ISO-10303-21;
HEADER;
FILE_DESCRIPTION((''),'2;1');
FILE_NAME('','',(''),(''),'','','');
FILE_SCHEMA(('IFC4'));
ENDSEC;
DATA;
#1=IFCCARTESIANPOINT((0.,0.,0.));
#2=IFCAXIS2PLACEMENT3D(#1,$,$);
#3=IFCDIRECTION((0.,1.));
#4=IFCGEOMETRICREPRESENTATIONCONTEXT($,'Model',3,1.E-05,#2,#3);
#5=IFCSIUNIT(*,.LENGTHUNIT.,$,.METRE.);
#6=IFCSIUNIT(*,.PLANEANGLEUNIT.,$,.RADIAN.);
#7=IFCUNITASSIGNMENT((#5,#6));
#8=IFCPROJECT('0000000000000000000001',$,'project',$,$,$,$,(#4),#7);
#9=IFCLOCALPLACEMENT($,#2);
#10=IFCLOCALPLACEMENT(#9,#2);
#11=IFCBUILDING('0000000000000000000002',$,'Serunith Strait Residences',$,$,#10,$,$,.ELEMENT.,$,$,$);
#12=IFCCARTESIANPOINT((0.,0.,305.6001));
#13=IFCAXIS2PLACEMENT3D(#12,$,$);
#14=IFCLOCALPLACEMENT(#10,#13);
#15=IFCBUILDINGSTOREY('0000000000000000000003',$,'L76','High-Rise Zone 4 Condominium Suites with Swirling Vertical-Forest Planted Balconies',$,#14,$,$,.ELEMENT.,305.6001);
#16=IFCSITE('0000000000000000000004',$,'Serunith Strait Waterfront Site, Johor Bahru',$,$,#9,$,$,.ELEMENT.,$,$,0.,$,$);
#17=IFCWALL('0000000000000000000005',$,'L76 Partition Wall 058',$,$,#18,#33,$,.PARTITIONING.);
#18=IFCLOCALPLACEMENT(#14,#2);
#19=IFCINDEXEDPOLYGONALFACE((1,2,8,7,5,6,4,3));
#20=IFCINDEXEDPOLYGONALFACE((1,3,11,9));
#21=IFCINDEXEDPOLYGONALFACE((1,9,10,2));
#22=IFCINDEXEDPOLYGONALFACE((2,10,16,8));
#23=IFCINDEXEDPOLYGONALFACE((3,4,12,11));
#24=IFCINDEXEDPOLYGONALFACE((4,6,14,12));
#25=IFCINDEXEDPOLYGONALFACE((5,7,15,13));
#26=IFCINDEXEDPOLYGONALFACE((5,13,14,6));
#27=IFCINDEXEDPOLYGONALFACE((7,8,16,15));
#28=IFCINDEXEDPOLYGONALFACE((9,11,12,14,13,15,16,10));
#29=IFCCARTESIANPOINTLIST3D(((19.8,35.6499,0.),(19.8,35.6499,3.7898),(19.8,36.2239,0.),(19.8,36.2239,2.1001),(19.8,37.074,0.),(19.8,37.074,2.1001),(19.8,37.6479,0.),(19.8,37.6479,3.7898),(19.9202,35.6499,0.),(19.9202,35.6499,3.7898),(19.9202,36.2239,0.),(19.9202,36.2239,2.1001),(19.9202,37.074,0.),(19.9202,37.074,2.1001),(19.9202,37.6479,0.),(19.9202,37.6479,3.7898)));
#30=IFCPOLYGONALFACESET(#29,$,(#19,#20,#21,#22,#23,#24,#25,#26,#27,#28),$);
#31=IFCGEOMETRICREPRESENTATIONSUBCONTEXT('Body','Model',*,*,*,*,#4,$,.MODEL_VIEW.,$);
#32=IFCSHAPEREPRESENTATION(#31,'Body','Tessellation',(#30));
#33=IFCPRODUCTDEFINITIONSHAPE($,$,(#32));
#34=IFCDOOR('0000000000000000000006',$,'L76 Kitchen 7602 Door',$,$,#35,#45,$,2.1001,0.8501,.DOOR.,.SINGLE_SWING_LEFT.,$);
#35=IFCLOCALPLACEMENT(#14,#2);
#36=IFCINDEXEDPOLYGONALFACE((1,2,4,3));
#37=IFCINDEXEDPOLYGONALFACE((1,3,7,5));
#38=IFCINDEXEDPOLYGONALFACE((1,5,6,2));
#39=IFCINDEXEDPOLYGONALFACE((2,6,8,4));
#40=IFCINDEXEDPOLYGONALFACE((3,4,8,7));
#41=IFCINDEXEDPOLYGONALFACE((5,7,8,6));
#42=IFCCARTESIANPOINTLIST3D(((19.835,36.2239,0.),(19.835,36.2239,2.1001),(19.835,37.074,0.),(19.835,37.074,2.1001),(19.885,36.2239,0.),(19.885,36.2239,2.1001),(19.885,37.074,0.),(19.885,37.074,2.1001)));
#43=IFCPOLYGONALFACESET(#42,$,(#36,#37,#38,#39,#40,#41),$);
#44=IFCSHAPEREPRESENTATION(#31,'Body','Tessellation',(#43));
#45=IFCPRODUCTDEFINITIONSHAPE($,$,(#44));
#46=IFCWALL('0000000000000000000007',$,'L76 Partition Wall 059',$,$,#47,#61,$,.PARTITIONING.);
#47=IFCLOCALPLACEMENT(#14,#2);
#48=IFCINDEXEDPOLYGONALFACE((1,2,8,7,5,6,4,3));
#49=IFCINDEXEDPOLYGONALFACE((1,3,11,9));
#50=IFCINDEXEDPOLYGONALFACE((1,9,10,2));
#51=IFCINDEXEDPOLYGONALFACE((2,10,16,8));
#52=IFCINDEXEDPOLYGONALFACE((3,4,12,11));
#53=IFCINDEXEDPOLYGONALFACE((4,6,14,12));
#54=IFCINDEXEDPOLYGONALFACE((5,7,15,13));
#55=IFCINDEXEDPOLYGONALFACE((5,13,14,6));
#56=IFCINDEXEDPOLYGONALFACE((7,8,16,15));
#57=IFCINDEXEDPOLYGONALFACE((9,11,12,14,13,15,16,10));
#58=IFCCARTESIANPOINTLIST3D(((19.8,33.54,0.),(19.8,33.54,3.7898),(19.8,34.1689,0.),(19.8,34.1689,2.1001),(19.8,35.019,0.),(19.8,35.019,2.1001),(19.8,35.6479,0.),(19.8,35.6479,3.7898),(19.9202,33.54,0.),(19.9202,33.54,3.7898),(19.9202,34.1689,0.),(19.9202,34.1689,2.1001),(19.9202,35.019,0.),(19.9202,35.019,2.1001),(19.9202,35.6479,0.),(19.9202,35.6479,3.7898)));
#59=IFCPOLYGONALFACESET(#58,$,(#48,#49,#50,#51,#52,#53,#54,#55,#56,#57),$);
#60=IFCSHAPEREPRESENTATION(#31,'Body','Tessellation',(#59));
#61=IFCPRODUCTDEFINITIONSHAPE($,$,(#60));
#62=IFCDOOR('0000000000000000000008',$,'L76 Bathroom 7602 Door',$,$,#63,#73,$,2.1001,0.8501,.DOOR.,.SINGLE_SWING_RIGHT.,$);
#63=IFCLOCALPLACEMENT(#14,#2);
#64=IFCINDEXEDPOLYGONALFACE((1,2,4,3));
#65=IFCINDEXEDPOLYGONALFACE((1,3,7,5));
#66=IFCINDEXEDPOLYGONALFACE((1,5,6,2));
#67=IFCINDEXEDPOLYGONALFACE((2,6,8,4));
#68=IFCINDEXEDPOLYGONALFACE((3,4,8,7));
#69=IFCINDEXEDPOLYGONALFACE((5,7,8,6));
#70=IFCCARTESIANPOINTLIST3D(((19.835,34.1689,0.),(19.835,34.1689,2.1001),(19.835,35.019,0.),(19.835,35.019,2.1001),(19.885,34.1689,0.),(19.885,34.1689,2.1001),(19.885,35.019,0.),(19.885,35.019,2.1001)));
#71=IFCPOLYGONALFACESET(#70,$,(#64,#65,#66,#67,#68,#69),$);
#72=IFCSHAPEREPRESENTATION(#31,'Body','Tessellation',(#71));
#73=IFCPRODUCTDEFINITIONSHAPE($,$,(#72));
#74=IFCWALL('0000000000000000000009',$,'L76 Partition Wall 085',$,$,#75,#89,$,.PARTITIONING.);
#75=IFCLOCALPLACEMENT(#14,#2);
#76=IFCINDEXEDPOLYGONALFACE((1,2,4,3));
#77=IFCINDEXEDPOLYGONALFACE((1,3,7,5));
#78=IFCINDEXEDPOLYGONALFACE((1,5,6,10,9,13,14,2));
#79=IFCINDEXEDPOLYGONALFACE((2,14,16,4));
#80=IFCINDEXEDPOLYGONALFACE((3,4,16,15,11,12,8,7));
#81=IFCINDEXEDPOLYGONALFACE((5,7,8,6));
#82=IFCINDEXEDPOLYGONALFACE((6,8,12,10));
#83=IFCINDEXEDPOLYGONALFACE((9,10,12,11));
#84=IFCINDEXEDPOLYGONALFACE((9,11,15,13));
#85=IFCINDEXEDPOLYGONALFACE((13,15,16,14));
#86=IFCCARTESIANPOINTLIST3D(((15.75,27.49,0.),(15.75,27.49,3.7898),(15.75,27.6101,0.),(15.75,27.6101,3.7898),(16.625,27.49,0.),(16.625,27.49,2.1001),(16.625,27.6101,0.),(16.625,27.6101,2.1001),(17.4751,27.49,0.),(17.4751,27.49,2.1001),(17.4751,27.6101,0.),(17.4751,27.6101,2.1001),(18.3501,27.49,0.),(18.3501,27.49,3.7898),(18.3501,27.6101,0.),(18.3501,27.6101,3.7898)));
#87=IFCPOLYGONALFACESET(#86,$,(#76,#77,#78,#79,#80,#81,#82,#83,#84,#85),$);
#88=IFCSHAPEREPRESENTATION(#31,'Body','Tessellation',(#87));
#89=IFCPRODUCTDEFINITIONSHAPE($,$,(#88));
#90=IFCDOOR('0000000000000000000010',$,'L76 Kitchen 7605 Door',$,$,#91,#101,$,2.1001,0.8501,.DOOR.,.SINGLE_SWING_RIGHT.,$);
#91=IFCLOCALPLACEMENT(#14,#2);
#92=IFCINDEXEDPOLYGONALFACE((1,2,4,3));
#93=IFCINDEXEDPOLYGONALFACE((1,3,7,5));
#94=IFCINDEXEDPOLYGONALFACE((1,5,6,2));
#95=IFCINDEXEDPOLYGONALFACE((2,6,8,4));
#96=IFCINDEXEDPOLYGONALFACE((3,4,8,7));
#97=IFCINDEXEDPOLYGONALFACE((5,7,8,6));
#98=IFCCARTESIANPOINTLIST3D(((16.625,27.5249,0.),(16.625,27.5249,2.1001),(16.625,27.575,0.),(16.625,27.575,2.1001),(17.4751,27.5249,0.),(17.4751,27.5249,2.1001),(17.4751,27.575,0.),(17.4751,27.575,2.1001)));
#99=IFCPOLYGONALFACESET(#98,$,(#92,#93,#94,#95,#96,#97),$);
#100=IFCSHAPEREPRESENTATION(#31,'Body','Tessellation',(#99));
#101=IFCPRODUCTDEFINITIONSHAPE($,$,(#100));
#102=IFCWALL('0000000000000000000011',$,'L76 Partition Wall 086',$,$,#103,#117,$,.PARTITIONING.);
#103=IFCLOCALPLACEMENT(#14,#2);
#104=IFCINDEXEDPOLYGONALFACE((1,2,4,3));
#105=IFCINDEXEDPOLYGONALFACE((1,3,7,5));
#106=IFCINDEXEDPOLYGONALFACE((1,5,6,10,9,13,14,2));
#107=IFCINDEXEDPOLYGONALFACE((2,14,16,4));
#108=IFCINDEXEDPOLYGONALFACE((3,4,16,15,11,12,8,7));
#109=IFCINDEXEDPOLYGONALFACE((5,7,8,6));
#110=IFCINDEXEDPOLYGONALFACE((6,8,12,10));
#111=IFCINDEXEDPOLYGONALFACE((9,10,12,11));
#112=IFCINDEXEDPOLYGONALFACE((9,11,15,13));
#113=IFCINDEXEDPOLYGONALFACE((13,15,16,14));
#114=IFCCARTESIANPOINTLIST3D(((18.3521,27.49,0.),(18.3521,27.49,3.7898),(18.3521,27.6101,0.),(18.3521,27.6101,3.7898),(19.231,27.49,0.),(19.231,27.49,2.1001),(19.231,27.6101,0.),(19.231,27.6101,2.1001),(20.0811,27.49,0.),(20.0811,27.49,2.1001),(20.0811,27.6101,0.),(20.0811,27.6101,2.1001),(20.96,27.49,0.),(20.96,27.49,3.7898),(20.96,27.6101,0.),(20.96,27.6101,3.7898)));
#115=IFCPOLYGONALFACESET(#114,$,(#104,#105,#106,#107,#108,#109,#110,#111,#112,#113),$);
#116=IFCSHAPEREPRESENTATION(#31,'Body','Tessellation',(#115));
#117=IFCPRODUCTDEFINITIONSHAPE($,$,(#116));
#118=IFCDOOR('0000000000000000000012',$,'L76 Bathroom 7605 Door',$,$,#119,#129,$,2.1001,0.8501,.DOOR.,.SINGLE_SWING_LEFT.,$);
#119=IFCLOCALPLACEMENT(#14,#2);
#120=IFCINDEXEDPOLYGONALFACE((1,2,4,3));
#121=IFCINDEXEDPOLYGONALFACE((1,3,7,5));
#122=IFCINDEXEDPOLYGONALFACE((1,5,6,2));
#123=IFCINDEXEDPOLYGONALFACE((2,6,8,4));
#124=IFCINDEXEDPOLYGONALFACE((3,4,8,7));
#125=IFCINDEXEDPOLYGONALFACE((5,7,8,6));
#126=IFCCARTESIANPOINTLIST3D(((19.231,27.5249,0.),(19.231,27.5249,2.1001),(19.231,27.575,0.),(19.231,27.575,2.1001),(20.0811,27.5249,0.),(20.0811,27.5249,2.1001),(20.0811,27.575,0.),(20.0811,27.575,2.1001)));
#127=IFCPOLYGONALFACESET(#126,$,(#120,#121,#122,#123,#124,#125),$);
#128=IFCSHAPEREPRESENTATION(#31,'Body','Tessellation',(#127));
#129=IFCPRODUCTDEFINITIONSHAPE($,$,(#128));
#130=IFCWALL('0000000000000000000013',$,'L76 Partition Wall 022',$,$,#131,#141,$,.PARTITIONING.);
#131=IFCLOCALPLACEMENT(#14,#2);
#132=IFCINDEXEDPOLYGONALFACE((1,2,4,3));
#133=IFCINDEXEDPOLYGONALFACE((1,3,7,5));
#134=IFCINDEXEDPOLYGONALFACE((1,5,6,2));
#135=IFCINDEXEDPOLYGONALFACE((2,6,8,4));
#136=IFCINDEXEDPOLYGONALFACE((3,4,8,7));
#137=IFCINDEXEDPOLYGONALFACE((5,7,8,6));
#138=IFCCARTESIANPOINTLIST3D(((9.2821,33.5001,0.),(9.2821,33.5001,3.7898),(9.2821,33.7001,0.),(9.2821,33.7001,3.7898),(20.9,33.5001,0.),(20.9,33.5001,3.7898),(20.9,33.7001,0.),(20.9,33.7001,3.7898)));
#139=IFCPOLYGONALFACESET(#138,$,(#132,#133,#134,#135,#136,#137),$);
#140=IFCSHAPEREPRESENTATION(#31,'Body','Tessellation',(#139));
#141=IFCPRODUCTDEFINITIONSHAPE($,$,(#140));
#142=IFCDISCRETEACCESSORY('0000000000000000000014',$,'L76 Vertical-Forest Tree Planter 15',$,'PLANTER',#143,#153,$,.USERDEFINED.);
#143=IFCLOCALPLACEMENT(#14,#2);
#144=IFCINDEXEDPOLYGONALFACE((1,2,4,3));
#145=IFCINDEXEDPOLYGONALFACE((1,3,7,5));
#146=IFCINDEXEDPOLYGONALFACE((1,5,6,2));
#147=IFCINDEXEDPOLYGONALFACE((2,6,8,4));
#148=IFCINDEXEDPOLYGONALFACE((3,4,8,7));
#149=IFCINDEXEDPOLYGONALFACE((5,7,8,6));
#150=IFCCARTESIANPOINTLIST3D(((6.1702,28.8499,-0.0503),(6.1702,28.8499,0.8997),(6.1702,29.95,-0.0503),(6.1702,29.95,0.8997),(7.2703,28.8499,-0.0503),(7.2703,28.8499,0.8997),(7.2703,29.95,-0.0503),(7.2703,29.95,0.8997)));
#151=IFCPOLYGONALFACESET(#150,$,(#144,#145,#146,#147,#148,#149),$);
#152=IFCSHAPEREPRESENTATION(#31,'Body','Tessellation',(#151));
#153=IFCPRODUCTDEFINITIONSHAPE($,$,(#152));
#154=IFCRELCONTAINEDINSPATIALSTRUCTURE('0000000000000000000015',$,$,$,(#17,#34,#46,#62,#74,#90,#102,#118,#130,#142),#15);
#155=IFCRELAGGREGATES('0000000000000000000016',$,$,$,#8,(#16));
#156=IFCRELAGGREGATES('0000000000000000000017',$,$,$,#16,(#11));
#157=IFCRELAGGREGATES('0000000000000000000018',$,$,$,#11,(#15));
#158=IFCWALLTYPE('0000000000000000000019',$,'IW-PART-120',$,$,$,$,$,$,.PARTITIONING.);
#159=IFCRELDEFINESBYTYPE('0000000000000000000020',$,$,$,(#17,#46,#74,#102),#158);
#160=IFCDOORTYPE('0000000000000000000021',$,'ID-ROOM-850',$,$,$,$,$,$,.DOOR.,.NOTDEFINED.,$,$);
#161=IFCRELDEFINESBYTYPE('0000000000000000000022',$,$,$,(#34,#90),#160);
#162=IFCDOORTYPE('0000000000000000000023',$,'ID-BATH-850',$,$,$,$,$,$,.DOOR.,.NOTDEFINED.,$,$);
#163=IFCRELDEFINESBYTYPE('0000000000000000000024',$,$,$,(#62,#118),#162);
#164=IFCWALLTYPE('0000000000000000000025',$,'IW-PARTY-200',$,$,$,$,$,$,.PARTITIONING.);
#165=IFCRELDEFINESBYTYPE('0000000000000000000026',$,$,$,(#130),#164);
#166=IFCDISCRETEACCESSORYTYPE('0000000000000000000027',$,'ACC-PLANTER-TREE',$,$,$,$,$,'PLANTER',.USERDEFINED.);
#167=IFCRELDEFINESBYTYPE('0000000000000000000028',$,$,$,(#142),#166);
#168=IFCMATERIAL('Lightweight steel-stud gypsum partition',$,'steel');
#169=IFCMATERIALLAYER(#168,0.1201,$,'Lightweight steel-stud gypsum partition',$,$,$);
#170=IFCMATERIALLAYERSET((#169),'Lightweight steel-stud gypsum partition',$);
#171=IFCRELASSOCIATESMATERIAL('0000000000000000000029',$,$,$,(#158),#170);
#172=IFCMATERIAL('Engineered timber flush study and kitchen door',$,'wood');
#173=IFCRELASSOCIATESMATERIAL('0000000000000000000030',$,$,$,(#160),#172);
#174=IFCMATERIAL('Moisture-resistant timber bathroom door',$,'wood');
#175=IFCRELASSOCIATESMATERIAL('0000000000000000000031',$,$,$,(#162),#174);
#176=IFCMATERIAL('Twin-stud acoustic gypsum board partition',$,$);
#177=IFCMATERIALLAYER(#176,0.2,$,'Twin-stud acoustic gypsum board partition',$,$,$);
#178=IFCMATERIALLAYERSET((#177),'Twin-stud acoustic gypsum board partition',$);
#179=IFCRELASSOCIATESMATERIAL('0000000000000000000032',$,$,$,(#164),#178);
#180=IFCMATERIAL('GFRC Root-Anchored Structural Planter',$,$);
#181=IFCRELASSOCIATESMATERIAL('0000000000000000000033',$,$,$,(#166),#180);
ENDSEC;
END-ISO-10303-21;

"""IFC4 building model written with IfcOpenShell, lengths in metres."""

from ifc_helpers import new_model, si_unit, direction, frame, frame_2d, origin, origin_2d, place, context, subcontext, project, spatial, rectangle, extrude, source, transform, mapped, material, layer, layer_set, type_object, element, fill, save


model = new_model("IFC4")

# Units and contexts
model_context = context("Model", 3, precision=1e-05, world=origin(), true_north=direction((0.0, 1.0)))
body_context = subcontext(model_context, "Body", "Model", "MODEL_VIEW")
ifc_project = project(units=[si_unit("LENGTHUNIT", "METRE"), si_unit("PLANEANGLEUNIT", "RADIAN")], contexts=[model_context])

# Site, building, storey
site_placement = place(None, origin())
site = spatial("IfcSite", under=ifc_project, at=site_placement, Name="Serunith Strait Waterfront Site, Johor Bahru", CompositionType="ELEMENT", RefElevation=0.0)
building_placement = place(site_placement, origin())
building = spatial("IfcBuilding", under=site, at=building_placement, Name="Serunith Strait Residences", CompositionType="ELEMENT")
storey_placement = place(building_placement, frame((0.0, 0.0, 305.6001)))
storey = spatial("IfcBuildingStorey", under=building, at=storey_placement, Name="L76", Description="High-Rise Zone 4 Condominium Suites with Swirling Vertical-Forest Planted Balconies", CompositionType="ELEMENT", Elevation=305.6001)

# Shared definitions
ifc_material_1 = material(Name="Lightweight steel-stud gypsum partition", Category="steel")
ifc_layer_1 = layer(ifc_material_1, 0.1201, Name="Lightweight steel-stud gypsum partition")
ifc_layer_set_1 = layer_set([ifc_layer_1], Name="Lightweight steel-stud gypsum partition")
wall_type_1 = type_object("IfcWallType", Name="IW-PART-120", PredefinedType="PARTITIONING", material=ifc_layer_set_1)

# Walls, openings, doors
wall_1_placement = place(storey_placement, frame((19.8601, 37.6479, 0.0), z_axis=(0.0, 0.0, 1.0), x_axis=(0.0, -1.0, 0.0)))
wall_1 = element("IfcWall", 1, at=wall_1_placement, inside=storey, type_object=wall_type_1, Name="L76 Partition Wall 058", PredefinedType="PARTITIONING", context=body_context, shape_type="SweptSolid", body=[
    extrude(rectangle(XDim=1.998, YDim=0.1201, at=frame_2d((0.999, 0.0))), origin(), (0.0, 0.0, 1.0), 3.7898),
])
opening_1_placement = place(wall_1_placement, frame((0.574, 0.0, 0.0)))
opening_1 = element("IfcOpeningElement", 2, at=opening_1_placement, cuts=wall_1, PredefinedType="OPENING", context=body_context, shape_type="SweptSolid", body=[
    extrude(rectangle(XDim=0.8501, YDim=2.1001, at=frame_2d((0.425, 1.05))), frame((0.0, 0.0701, 0.0), z_axis=(0.0, -1.0, 0.0), x_axis=(1.0, 0.0, 0.0)), (0.0, 0.0, 1.0), 0.1401),
])
ifc_material_2 = material(Name="Engineered timber flush study and kitchen door", Category="wood")
door_type_1 = type_object("IfcDoorType", Name="ID-ROOM-850", OperationType="NOTDEFINED", PredefinedType="DOOR", material=ifc_material_2)
shared_shape_1 = source(origin(), body_context, "Body", "SweptSolid", [
    extrude(rectangle(XDim=0.8501, YDim=2.1001, at=frame_2d((0.425, 1.05))), frame((0.0, 0.0249, 0.0), z_axis=(0.0, -1.0, 0.0), x_axis=(1.0, 0.0, 0.0)), (0.0, 0.0, 1.0), 0.05),
])
door_1_placement = place(opening_1_placement, origin())
door_1 = element("IfcDoor", 3, at=door_1_placement, inside=storey, type_object=door_type_1, Name="L76 Kitchen 7602 Door", OperationType="SINGLE_SWING_LEFT", OverallHeight=2.1001, OverallWidth=0.8501, PredefinedType="DOOR", context=body_context, shape_type="MappedRepresentation", body=[
    mapped(shared_shape_1, transform((0.0, 0.0, 0.0), scale=1.0)),
])
fill(opening_1, door_1)
wall_2_placement = place(storey_placement, frame((19.8601, 35.6479, 0.0), z_axis=(0.0, 0.0, 1.0), x_axis=(0.0, -1.0, 0.0)))
wall_2 = element("IfcWall", 4, at=wall_2_placement, inside=storey, type_object=wall_type_1, Name="L76 Partition Wall 059", PredefinedType="PARTITIONING", context=body_context, shape_type="SweptSolid", body=[
    extrude(rectangle(XDim=2.1079, YDim=0.1201, at=frame_2d((1.054, 0.0))), origin(), (0.0, 0.0, 1.0), 3.7898),
])
opening_2_placement = place(wall_2_placement, frame((0.6289, 0.0, 0.0)))
opening_2 = element("IfcOpeningElement", 5, at=opening_2_placement, cuts=wall_2, PredefinedType="OPENING", context=body_context, shape_type="SweptSolid", body=[
    extrude(rectangle(XDim=0.8501, YDim=2.1001, at=frame_2d((0.425, 1.05))), frame((0.0, 0.0701, 0.0), z_axis=(0.0, -1.0, 0.0), x_axis=(1.0, 0.0, 0.0)), (0.0, 0.0, 1.0), 0.1401),
])
ifc_material_3 = material(Name="Moisture-resistant timber bathroom door", Category="wood")
door_type_2 = type_object("IfcDoorType", Name="ID-BATH-850", OperationType="NOTDEFINED", PredefinedType="DOOR", material=ifc_material_3)
door_2_placement = place(opening_2_placement, origin())
door_2 = element("IfcDoor", 6, at=door_2_placement, inside=storey, type_object=door_type_2, Name="L76 Bathroom 7602 Door", OperationType="SINGLE_SWING_RIGHT", OverallHeight=2.1001, OverallWidth=0.8501, PredefinedType="DOOR", context=body_context, shape_type="MappedRepresentation", body=[
    mapped(shared_shape_1, transform((0.0, 0.0, 0.0), scale=1.0)),
])
fill(opening_2, door_2)
wall_3_placement = place(storey_placement, frame((15.75, 27.55, 0.0), z_axis=(0.0, 0.0, 1.0), x_axis=(1.0, 0.0, 0.0)))
wall_3 = element("IfcWall", 7, at=wall_3_placement, inside=storey, type_object=wall_type_1, Name="L76 Partition Wall 085", PredefinedType="PARTITIONING", context=body_context, shape_type="SweptSolid", body=[
    extrude(rectangle(XDim=2.6001, YDim=0.1201, at=frame_2d((1.3, 0.0))), origin(), (0.0, 0.0, 1.0), 3.7898),
])
opening_3_placement = place(wall_3_placement, frame((0.875, 0.0, 0.0)))
opening_3 = element("IfcOpeningElement", 8, at=opening_3_placement, cuts=wall_3, PredefinedType="OPENING", context=body_context, shape_type="SweptSolid", body=[
    extrude(rectangle(XDim=0.8501, YDim=2.1001, at=frame_2d((0.425, 1.05))), frame((0.0, 0.0701, 0.0), z_axis=(0.0, -1.0, 0.0), x_axis=(1.0, 0.0, 0.0)), (0.0, 0.0, 1.0), 0.1401),
])
door_3_placement = place(opening_3_placement, origin())
door_3 = element("IfcDoor", 9, at=door_3_placement, inside=storey, type_object=door_type_1, Name="L76 Kitchen 7605 Door", OperationType="SINGLE_SWING_RIGHT", OverallHeight=2.1001, OverallWidth=0.8501, PredefinedType="DOOR", context=body_context, shape_type="MappedRepresentation", body=[
    mapped(shared_shape_1, transform((0.0, 0.0, 0.0), scale=1.0)),
])
fill(opening_3, door_3)
wall_4_placement = place(storey_placement, frame((18.3521, 27.55, 0.0), z_axis=(0.0, 0.0, 1.0), x_axis=(1.0, 0.0, 0.0)))
wall_4 = element("IfcWall", 10, at=wall_4_placement, inside=storey, type_object=wall_type_1, Name="L76 Partition Wall 086", PredefinedType="PARTITIONING", context=body_context, shape_type="SweptSolid", body=[
    extrude(rectangle(XDim=2.6079, YDim=0.1201, at=frame_2d((1.304, 0.0))), origin(), (0.0, 0.0, 1.0), 3.7898),
])
opening_4_placement = place(wall_4_placement, frame((0.8789, 0.0, 0.0)))
opening_4 = element("IfcOpeningElement", 11, at=opening_4_placement, cuts=wall_4, PredefinedType="OPENING", context=body_context, shape_type="SweptSolid", body=[
    extrude(rectangle(XDim=0.8501, YDim=2.1001, at=frame_2d((0.425, 1.05))), frame((0.0, 0.0701, 0.0), z_axis=(0.0, -1.0, 0.0), x_axis=(1.0, 0.0, 0.0)), (0.0, 0.0, 1.0), 0.1401),
])
door_4_placement = place(opening_4_placement, origin())
door_4 = element("IfcDoor", 12, at=door_4_placement, inside=storey, type_object=door_type_2, Name="L76 Bathroom 7605 Door", OperationType="SINGLE_SWING_LEFT", OverallHeight=2.1001, OverallWidth=0.8501, PredefinedType="DOOR", context=body_context, shape_type="MappedRepresentation", body=[
    mapped(shared_shape_1, transform((0.0, 0.0, 0.0), scale=1.0)),
])
fill(opening_4, door_4)

# Wall
ifc_material_4 = material(Name="Twin-stud acoustic gypsum board partition")
ifc_layer_2 = layer(ifc_material_4, 0.2, Name="Twin-stud acoustic gypsum board partition")
ifc_layer_set_2 = layer_set([ifc_layer_2], Name="Twin-stud acoustic gypsum board partition")
wall_type_2 = type_object("IfcWallType", Name="IW-PARTY-200", PredefinedType="PARTITIONING", material=ifc_layer_set_2)
wall_5_placement = place(storey_placement, frame((9.282, 33.6001, 0.0), z_axis=(0.0, 0.0, 1.0), x_axis=(1.0, 0.0, 0.0)))
element("IfcWall", 13, at=wall_5_placement, inside=storey, type_object=wall_type_2, Name="L76 Partition Wall 022", PredefinedType="PARTITIONING", context=body_context, shape_type="SweptSolid", body=[
    extrude(rectangle(XDim=11.6179, YDim=0.2, at=frame_2d((5.8091, 0.0))), origin(), (0.0, 0.0, 1.0), 3.7898),
])

# Discrete accessory
ifc_material_5 = material(Name="GFRC Root-Anchored Structural Planter")
discrete_accessory_type = type_object("IfcDiscreteAccessoryType", Name="ACC-PLANTER-TREE", ElementType="PLANTER", PredefinedType="USERDEFINED", material=ifc_material_5)
shared_shape_2 = source(origin(), body_context, "Body", "SweptSolid", [
    extrude(rectangle(XDim=1.1001, YDim=1.1001, at=origin_2d()), origin(), (0.0, 0.0, 1.0), 0.95),
])
discrete_accessory_placement = place(storey_placement, frame((6.7202, 29.3999, -0.0503), z_axis=(0.0, 0.0, 1.0), x_axis=(0.0, -1.0, 0.0)))
element("IfcDiscreteAccessory", 14, at=discrete_accessory_placement, inside=storey, type_object=discrete_accessory_type, Name="L76 Vertical-Forest Tree Planter 15", ObjectType="PLANTER", PredefinedType="USERDEFINED", context=body_context, shape_type="MappedRepresentation", body=[
    mapped(shared_shape_2, transform((0.0, 0.0, 0.0), scale=1.0)),
])

save(model, "model.ifc")
